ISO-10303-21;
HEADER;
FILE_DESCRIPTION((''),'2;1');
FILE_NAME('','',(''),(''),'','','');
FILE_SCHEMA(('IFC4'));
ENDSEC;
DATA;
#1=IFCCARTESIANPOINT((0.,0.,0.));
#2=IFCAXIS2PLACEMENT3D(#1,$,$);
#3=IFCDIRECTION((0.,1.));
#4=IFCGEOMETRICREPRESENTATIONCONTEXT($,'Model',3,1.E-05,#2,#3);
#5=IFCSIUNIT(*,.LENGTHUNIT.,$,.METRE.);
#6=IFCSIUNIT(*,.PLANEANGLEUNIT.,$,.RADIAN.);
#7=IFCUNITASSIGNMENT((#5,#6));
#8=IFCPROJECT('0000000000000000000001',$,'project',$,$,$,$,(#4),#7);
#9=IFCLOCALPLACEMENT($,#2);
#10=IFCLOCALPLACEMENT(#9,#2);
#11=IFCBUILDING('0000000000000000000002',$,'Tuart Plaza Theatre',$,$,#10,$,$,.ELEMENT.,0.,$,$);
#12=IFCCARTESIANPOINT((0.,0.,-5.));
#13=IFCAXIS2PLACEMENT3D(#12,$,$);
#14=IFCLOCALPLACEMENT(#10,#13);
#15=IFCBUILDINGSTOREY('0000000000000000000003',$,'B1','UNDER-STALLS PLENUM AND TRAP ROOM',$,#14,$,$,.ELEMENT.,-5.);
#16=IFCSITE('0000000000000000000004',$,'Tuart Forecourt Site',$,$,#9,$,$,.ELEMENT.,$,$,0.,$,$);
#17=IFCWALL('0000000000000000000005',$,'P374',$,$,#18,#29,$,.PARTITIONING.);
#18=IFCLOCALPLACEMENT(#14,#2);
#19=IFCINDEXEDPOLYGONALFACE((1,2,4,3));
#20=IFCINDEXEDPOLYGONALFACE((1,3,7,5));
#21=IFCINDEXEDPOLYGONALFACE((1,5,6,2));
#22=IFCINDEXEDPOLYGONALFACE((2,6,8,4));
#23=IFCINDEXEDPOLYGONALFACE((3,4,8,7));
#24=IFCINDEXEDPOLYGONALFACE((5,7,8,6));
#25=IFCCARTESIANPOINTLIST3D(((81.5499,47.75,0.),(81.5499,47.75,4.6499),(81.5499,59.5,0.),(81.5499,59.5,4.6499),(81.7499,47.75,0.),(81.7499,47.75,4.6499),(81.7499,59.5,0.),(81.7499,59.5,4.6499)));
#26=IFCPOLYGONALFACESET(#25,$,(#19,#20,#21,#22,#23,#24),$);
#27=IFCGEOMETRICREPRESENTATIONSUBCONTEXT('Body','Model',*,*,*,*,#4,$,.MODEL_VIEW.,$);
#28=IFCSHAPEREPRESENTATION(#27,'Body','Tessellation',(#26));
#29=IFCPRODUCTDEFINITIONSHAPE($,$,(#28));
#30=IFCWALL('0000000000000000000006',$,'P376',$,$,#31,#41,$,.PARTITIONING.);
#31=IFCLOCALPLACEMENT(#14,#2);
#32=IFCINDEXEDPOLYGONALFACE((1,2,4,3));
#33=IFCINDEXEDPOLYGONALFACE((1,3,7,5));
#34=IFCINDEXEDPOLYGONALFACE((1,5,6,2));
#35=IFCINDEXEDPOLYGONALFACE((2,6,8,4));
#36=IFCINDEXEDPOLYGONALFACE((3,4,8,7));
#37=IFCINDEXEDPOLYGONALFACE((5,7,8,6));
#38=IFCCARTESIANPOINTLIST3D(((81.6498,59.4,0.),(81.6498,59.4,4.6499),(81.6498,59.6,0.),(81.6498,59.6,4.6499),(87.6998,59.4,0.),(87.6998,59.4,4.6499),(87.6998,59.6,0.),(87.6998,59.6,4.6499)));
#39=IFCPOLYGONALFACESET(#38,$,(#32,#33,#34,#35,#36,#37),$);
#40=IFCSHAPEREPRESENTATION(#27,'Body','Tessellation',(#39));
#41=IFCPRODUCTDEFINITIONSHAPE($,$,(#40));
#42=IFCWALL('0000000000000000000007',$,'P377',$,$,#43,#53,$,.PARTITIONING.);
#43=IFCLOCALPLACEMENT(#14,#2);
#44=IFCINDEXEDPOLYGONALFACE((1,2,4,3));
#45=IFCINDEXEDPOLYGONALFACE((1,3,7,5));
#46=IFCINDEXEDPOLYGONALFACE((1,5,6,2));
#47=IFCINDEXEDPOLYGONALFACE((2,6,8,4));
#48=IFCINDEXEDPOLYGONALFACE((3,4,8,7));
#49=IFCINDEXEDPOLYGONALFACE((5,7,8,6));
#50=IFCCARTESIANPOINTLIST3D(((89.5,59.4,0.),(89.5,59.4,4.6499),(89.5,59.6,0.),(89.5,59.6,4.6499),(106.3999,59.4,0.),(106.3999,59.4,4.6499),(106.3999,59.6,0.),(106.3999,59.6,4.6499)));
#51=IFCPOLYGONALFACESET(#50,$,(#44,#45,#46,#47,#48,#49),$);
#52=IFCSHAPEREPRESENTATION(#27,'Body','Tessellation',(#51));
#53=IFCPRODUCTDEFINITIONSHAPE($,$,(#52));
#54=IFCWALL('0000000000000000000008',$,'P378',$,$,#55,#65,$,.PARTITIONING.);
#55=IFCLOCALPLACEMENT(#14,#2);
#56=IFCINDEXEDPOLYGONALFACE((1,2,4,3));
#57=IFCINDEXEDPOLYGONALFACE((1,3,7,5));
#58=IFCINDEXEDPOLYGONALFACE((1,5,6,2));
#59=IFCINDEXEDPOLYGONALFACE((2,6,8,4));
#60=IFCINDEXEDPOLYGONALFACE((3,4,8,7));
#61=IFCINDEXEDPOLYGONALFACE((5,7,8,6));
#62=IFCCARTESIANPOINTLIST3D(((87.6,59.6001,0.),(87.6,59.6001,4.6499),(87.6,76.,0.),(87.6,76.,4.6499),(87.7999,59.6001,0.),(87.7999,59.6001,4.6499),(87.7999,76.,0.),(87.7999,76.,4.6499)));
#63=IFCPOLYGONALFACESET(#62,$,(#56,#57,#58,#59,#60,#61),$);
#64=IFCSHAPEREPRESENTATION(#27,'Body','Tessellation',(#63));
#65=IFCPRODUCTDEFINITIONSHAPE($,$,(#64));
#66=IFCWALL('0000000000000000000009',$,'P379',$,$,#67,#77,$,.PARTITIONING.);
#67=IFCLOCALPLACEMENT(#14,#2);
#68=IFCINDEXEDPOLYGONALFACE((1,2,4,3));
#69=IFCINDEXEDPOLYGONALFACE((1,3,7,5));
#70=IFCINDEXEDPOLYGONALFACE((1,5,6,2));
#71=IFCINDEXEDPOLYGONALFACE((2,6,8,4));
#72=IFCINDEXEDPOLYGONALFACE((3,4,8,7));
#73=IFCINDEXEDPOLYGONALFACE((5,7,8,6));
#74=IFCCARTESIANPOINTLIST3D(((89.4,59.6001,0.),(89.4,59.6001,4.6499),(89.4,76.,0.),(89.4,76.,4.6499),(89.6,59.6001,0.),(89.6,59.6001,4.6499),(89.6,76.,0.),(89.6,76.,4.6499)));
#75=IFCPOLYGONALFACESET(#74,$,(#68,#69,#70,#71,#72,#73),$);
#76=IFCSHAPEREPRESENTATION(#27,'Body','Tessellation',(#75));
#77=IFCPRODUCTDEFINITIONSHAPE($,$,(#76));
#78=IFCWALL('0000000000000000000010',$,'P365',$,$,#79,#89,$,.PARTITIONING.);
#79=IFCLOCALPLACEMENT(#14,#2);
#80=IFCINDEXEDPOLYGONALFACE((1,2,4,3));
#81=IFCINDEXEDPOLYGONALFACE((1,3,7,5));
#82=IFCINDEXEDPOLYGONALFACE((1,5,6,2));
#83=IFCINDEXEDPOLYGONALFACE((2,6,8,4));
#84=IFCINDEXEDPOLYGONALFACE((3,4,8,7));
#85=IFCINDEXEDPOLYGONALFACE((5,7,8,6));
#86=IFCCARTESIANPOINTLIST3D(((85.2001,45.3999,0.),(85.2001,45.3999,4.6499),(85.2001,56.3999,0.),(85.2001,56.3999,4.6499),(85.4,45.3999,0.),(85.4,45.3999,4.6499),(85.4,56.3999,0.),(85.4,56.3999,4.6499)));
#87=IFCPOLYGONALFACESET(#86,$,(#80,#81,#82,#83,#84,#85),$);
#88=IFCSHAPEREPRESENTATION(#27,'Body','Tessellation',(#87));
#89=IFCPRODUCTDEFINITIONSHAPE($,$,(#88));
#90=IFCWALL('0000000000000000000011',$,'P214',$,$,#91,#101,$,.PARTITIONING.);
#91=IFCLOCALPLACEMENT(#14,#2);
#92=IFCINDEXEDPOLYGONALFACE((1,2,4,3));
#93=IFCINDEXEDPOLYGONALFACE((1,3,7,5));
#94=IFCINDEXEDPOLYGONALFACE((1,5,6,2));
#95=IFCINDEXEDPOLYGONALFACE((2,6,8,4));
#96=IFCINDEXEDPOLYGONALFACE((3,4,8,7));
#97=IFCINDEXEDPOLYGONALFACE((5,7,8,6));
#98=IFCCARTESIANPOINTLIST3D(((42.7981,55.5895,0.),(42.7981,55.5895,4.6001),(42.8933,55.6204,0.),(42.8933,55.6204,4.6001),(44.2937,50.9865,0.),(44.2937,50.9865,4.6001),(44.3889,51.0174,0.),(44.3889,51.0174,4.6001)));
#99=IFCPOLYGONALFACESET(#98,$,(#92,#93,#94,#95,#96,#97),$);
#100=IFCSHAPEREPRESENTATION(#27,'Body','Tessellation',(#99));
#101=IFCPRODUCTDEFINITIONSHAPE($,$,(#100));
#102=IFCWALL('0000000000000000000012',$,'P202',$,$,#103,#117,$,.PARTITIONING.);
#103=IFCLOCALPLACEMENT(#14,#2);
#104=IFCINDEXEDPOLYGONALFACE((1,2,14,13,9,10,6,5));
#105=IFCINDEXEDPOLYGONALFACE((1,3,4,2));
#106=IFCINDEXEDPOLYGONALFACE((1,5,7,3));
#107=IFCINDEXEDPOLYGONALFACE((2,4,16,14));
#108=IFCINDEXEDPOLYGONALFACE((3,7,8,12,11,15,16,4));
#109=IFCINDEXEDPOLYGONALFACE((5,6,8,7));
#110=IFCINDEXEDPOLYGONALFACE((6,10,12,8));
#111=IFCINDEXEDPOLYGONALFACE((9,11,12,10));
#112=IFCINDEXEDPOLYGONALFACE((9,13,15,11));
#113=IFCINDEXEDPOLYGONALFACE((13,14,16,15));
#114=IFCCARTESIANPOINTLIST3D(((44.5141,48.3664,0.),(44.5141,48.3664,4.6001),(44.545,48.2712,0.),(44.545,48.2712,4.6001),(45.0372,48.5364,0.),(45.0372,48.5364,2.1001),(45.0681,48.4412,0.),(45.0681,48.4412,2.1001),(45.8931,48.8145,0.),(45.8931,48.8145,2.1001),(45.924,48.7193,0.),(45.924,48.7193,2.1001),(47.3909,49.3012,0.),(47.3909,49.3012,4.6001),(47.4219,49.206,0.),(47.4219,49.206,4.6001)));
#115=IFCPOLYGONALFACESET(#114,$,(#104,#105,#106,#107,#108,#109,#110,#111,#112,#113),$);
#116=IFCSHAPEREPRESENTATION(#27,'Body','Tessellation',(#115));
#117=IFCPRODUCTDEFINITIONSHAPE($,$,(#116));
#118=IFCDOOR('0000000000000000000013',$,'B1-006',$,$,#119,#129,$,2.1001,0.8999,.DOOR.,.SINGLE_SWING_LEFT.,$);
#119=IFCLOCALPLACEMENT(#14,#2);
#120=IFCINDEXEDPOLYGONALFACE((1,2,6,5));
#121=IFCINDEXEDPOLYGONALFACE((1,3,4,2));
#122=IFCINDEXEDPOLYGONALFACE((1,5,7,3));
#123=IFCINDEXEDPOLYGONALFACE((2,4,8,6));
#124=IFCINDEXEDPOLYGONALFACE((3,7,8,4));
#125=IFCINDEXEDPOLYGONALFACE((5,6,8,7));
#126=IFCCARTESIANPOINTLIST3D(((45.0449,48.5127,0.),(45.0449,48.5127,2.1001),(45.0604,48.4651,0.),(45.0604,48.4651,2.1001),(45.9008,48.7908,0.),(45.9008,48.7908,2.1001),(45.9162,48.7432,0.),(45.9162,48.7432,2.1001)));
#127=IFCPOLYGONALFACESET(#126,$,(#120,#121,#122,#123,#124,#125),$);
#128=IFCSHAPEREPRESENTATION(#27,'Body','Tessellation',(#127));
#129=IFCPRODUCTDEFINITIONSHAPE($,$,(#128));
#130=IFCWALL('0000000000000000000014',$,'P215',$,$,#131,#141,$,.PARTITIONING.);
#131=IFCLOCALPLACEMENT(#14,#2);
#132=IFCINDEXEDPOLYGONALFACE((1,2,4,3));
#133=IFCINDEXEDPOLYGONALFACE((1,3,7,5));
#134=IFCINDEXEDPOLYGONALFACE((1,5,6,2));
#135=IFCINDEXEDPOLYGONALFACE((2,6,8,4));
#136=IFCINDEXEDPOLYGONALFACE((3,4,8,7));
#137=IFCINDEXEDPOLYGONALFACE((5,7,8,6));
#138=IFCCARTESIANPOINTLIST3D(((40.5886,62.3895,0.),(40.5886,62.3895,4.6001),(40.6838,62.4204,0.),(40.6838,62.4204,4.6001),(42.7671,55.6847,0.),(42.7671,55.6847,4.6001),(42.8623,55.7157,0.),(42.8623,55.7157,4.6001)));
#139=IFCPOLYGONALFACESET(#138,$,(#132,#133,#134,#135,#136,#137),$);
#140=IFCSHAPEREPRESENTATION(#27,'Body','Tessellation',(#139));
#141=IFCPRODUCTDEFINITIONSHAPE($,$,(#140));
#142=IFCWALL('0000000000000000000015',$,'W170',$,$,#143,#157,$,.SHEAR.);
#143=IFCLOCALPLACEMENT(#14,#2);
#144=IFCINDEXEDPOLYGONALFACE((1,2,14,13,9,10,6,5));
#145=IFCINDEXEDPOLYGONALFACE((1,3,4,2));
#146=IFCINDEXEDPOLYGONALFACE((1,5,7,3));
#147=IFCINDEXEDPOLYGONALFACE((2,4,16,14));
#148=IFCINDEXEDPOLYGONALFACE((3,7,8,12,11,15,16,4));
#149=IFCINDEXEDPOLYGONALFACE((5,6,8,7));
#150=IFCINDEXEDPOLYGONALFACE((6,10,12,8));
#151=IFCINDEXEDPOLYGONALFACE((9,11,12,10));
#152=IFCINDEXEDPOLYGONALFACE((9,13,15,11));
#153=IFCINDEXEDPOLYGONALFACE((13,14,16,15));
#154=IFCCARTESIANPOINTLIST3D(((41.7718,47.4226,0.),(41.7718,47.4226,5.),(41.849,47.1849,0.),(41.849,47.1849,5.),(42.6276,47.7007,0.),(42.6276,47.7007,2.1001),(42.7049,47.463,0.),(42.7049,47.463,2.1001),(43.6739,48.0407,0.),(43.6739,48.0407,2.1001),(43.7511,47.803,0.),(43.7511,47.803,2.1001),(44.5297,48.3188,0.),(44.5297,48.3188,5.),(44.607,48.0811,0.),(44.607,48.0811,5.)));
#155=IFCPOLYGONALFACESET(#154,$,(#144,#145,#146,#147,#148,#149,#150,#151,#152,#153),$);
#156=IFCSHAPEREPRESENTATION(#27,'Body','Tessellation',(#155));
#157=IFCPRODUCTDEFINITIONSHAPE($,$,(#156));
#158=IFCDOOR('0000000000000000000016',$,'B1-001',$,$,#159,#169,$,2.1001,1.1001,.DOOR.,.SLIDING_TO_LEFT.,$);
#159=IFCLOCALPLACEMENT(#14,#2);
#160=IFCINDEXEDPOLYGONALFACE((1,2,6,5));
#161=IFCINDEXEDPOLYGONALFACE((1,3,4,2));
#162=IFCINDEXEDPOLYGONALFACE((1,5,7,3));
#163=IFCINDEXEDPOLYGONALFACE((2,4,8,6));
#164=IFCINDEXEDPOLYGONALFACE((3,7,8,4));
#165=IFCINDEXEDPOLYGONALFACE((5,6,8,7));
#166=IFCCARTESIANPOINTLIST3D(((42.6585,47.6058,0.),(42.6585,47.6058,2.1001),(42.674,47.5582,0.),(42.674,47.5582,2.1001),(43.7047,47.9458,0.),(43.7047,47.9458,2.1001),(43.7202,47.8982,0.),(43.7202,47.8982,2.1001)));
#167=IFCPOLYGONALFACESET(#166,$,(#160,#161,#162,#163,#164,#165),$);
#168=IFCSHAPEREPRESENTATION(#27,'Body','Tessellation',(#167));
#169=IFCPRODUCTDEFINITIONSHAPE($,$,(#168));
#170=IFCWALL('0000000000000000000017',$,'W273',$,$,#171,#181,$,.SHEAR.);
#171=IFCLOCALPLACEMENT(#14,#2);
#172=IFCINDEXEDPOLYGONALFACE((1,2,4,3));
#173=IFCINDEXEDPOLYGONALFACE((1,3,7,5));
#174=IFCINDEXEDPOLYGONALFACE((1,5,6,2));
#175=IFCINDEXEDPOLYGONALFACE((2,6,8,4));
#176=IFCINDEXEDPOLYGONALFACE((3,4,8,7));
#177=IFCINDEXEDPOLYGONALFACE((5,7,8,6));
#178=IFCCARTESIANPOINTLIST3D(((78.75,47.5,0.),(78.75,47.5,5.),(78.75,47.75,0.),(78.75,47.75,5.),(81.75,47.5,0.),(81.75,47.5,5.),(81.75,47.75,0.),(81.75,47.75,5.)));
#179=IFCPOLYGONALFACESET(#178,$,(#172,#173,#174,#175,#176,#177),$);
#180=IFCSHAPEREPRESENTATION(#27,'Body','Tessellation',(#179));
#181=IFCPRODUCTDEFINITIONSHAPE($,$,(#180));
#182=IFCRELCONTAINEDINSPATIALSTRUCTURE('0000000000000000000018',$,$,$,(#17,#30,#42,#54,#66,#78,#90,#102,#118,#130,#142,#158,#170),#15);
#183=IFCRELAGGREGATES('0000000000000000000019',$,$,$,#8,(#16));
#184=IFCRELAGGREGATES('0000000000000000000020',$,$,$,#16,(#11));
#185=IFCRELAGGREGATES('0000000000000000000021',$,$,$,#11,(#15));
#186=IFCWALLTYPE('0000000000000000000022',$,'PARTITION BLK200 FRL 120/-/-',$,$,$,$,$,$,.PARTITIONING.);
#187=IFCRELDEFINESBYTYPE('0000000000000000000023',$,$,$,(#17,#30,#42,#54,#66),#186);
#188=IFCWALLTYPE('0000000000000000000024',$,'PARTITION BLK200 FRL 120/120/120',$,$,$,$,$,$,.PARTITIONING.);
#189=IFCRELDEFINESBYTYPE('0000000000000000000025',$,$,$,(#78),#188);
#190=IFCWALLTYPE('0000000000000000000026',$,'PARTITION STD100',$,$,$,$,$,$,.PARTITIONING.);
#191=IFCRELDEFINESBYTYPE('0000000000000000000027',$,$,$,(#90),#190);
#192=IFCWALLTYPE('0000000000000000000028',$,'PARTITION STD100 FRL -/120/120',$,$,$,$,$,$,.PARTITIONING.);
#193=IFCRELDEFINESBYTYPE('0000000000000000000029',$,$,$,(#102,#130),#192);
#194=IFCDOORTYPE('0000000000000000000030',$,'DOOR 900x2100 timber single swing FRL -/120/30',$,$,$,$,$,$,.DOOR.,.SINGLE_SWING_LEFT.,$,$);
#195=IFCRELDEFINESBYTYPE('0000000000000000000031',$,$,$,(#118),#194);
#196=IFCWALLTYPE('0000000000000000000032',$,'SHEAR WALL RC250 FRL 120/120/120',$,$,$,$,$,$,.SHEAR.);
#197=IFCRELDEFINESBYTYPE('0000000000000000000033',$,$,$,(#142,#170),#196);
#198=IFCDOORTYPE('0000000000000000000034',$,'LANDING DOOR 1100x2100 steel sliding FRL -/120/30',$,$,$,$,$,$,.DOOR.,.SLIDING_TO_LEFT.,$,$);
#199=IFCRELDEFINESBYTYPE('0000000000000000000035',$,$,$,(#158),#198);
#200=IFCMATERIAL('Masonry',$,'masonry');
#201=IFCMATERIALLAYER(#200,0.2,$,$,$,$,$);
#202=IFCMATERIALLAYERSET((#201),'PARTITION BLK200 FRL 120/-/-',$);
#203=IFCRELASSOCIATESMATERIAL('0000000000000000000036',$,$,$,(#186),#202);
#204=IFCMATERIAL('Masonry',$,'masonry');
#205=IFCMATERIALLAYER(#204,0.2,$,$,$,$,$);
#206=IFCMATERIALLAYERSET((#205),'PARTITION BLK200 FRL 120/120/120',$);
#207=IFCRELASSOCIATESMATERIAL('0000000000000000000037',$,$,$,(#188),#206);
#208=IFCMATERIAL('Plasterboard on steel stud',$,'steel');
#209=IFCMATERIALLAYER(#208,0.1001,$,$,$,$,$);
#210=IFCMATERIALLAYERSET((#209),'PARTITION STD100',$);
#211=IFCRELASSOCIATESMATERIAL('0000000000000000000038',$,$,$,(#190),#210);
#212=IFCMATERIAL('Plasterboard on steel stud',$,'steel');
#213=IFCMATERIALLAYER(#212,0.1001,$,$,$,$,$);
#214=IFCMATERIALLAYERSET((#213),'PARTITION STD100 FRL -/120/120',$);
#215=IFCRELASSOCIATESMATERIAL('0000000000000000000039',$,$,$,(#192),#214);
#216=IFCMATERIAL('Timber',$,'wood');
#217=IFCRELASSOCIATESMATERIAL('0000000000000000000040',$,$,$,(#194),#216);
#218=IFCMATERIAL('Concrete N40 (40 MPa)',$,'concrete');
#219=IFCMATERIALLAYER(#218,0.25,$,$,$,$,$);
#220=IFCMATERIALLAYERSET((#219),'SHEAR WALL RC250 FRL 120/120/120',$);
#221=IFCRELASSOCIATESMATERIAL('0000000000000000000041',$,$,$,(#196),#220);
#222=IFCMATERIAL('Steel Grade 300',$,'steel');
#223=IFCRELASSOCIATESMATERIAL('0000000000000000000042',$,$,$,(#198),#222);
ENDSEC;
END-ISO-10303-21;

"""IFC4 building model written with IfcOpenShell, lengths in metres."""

from ifc_helpers import new_model, si_unit, direction, frame, frame_2d, origin, place, context, subcontext, project, spatial, rectangle, extrude, material, layer, layer_set, type_object, element, fill, save


model = new_model("IFC4")

# Units and contexts
model_context = context("Model", 3, precision=1e-05, world=origin(), true_north=direction((0.0, 1.0)))
body_context = subcontext(model_context, "Body", "Model", "MODEL_VIEW")
ifc_project = project(units=[si_unit("LENGTHUNIT", "METRE"), si_unit("PLANEANGLEUNIT", "RADIAN")], contexts=[model_context])

# Site, building, storey
site_placement = place(None, origin())
site = spatial("IfcSite", under=ifc_project, at=site_placement, Name="Tuart Forecourt Site", CompositionType="ELEMENT", RefElevation=0.0)
building_placement = place(site_placement, origin())
building = spatial("IfcBuilding", under=site, at=building_placement, Name="Tuart Plaza Theatre", CompositionType="ELEMENT", ElevationOfRefHeight=0.0)
storey_placement = place(building_placement, frame((0.0, 0.0, -5.0)))
storey = spatial("IfcBuildingStorey", under=building, at=storey_placement, Name="B1", Description="UNDER-STALLS PLENUM AND TRAP ROOM", CompositionType="ELEMENT", Elevation=-5.0)

# Walls
ifc_material_1 = material(Name="Masonry", Category="masonry")
ifc_layer_1 = layer(ifc_material_1, 0.2)
ifc_layer_set_1 = layer_set([ifc_layer_1], Name="PARTITION BLK200 FRL 120/-/-")
wall_type_1 = type_object("IfcWallType", Name="PARTITION BLK200 FRL 120/-/-", PredefinedType="PARTITIONING", material=ifc_layer_set_1)
wall_1_placement = place(storey_placement, frame((81.6499, 47.75, 0.0), z_axis=(0.0, 0.0, 1.0), x_axis=(0.0, 1.0, 0.0)))
element("IfcWall", 1, at=wall_1_placement, inside=storey, type_object=wall_type_1, Name="P374", PredefinedType="PARTITIONING", context=body_context, shape_type="SweptSolid", body=[
    extrude(rectangle(XDim=11.75, YDim=0.2, at=frame_2d((5.875, 0.0))), origin(), (0.0, 0.0, 1.0), 4.6499),
])
wall_2_placement = place(storey_placement, frame((81.6499, 59.5, 0.0), z_axis=(0.0, 0.0, 1.0), x_axis=(1.0, 0.0, 0.0)))
element("IfcWall", 2, at=wall_2_placement, inside=storey, type_object=wall_type_1, Name="P376", PredefinedType="PARTITIONING", context=body_context, shape_type="SweptSolid", body=[
    extrude(rectangle(XDim=6.05, YDim=0.2, at=frame_2d((3.0249, 0.0))), origin(), (0.0, 0.0, 1.0), 4.6499),
])
wall_3_placement = place(storey_placement, frame((89.5, 59.5, 0.0), z_axis=(0.0, 0.0, 1.0), x_axis=(1.0, 0.0, 0.0)))
element("IfcWall", 3, at=wall_3_placement, inside=storey, type_object=wall_type_1, Name="P377", PredefinedType="PARTITIONING", context=body_context, shape_type="SweptSolid", body=[
    extrude(rectangle(XDim=16.8999, YDim=0.2, at=frame_2d((8.45, 0.0))), origin(), (0.0, 0.0, 1.0), 4.6499),
])
for number, where, z_axis, x_axis, name in (
    (4, (87.7, 59.6001, 0.0), (0.0, 0.0, 1.0), (0.0, 1.0, 0.0), "P378"),
    (5, (89.5, 59.6001, 0.0), (0.0, 0.0, 1.0), (0.0, 1.0, 0.0), "P379"),
):
    element("IfcWall", number, at=place(storey_placement, frame(where, z_axis=z_axis, x_axis=x_axis)), inside=storey, type_object=wall_type_1, Name=name, PredefinedType="PARTITIONING", context=body_context, shape_type="SweptSolid", body=[
        extrude(rectangle(XDim=16.3999, YDim=0.2, at=frame_2d((8.2, 0.0))), origin(), (0.0, 0.0, 1.0), 4.6499),
    ])
ifc_material_2 = material(Name="Masonry", Category="masonry")
ifc_layer_2 = layer(ifc_material_2, 0.2)
ifc_layer_set_2 = layer_set([ifc_layer_2], Name="PARTITION BLK200 FRL 120/120/120")
wall_type_2 = type_object("IfcWallType", Name="PARTITION BLK200 FRL 120/120/120", PredefinedType="PARTITIONING", material=ifc_layer_set_2)
wall_4_placement = place(storey_placement, frame((85.3, 56.3999, 0.0), z_axis=(0.0, 0.0, 1.0), x_axis=(0.0, -1.0, 0.0)))
element("IfcWall", 6, at=wall_4_placement, inside=storey, type_object=wall_type_2, Name="P365", PredefinedType="PARTITIONING", context=body_context, shape_type="SweptSolid", body=[
    extrude(rectangle(XDim=11.0, YDim=0.2, at=frame_2d((5.5, 0.0))), origin(), (0.0, 0.0, 1.0), 4.6499),
])
ifc_material_3 = material(Name="Plasterboard on steel stud", Category="steel")
ifc_layer_3 = layer(ifc_material_3, 0.1001)
ifc_layer_set_3 = layer_set([ifc_layer_3], Name="PARTITION STD100")
wall_type_3 = type_object("IfcWallType", Name="PARTITION STD100", PredefinedType="PARTITIONING", material=ifc_layer_set_3)
wall_5_placement = place(storey_placement, frame((44.3413, 51.002, 0.0), z_axis=(0.0, 0.0, 1.0), x_axis=(-0.309015, 0.951057, 0.0)))
element("IfcWall", 7, at=wall_5_placement, inside=storey, type_object=wall_type_3, Name="P214", PredefinedType="PARTITIONING", context=body_context, shape_type="SweptSolid", body=[
    extrude(rectangle(XDim=4.8398, YDim=0.1001, at=frame_2d((2.4199, 0.0))), origin(), (0.0, 0.0, 1.0), 4.6001),
])

# Wall, opening, door
ifc_material_4 = material(Name="Plasterboard on steel stud", Category="steel")
ifc_layer_4 = layer(ifc_material_4, 0.1001)
ifc_layer_set_4 = layer_set([ifc_layer_4], Name="PARTITION STD100 FRL -/120/120")
wall_type_4 = type_object("IfcWallType", Name="PARTITION STD100 FRL -/120/120", PredefinedType="PARTITIONING", material=ifc_layer_set_4)
wall_6_placement = place(storey_placement, frame((44.5295, 48.3188, 0.0), z_axis=(0.0, 0.0, 1.0), x_axis=(0.951053, 0.309028, 0.0)))
wall_6 = element("IfcWall", 8, at=wall_6_placement, inside=storey, type_object=wall_type_4, Name="P202", PredefinedType="PARTITIONING", context=body_context, shape_type="SweptSolid", body=[
    extrude(rectangle(XDim=3.0249, YDim=0.1001, at=frame_2d((1.5125, 0.0))), origin(), (0.0, 0.0, 1.0), 4.6001),
])
opening_1_placement = place(wall_6_placement, frame((0.55, 0.0, 0.0)))
opening_1 = element("IfcOpeningElement", 9, at=opening_1_placement, cuts=wall_6, PredefinedType="OPENING", context=body_context, shape_type="SweptSolid", body=[
    extrude(rectangle(XDim=0.8999, YDim=2.1001, at=frame_2d((0.45, 1.05))), frame((0.0, 0.0601, 0.0), z_axis=(0.0, -1.0, 0.0), x_axis=(1.0, 0.0, 0.0)), (0.0, 0.0, 1.0), 0.1201),
])
ifc_material_5 = material(Name="Timber", Category="wood")
door_type_1 = type_object("IfcDoorType", Name="DOOR 900x2100 timber single swing FRL -/120/30", OperationType="SINGLE_SWING_LEFT", PredefinedType="DOOR", material=ifc_material_5)
door_1_placement = place(opening_1_placement, frame((0.8999, 0.0, 0.0), z_axis=(0.0, 0.0, 1.0), x_axis=(-1.0, 0.0, 0.0)))
door_1 = element("IfcDoor", 10, at=door_1_placement, inside=storey, type_object=door_type_1, Name="B1-006", OperationType="SINGLE_SWING_LEFT", OverallHeight=2.1001, OverallWidth=0.8999, PredefinedType="DOOR", context=body_context, shape_type="SweptSolid", body=[
    extrude(rectangle(XDim=0.8999, YDim=2.1001, at=frame_2d((0.45, 1.05))), frame((0.0, 0.0249, 0.0), z_axis=(0.0, -1.0, 0.0), x_axis=(1.0, 0.0, 0.0)), (0.0, 0.0, 1.0), 0.05),
])
fill(opening_1, door_1)

# Wall
wall_7_placement = place(storey_placement, frame((42.8147, 55.7002, 0.0), z_axis=(0.0, 0.0, 1.0), x_axis=(-0.309009, 0.951059, 0.0)))
element("IfcWall", 11, at=wall_7_placement, inside=storey, type_object=wall_type_4, Name="P215", PredefinedType="PARTITIONING", context=body_context, shape_type="SweptSolid", body=[
    extrude(rectangle(XDim=7.0498, YDim=0.1001, at=frame_2d((3.5249, 0.0))), origin(), (0.0, 0.0, 1.0), 4.6001),
])

# Wall, opening, door
ifc_material_6 = material(Name="Concrete N40 (40 MPa)", Category="concrete")
ifc_layer_5 = layer(ifc_material_6, 0.25)
ifc_layer_set_5 = layer_set([ifc_layer_5], Name="SHEAR WALL RC250 FRL 120/120/120")
wall_type_5 = type_object("IfcWallType", Name="SHEAR WALL RC250 FRL 120/120/120", PredefinedType="SHEAR", material=ifc_layer_set_5)
wall_8_placement = place(storey_placement, frame((44.5684, 48.2, 0.0), z_axis=(0.0, 0.0, 1.0), x_axis=(-0.951047, -0.309046, 0.0)))
wall_8 = element("IfcWall", 12, at=wall_8_placement, inside=storey, type_object=wall_type_5, Name="W170", PredefinedType="SHEAR", context=body_context, shape_type="SweptSolid", body=[
    extrude(rectangle(XDim=2.8999, YDim=0.25, at=frame_2d((1.45, 0.0))), origin(), (0.0, 0.0, 1.0), 5.0),
])
opening_2_placement = place(wall_8_placement, frame((0.8999, 0.0, 0.0)))
opening_2 = element("IfcOpeningElement", 13, at=opening_2_placement, cuts=wall_8, PredefinedType="OPENING", context=body_context, shape_type="SweptSolid", body=[
    extrude(rectangle(XDim=1.1001, YDim=2.1001, at=frame_2d((0.55, 1.05))), frame((0.0, 0.135, 0.0), z_axis=(0.0, -1.0, 0.0), x_axis=(1.0, 0.0, 0.0)), (0.0, 0.0, 1.0), 0.27),
])
ifc_material_7 = material(Name="Steel Grade 300", Category="steel")
door_type_2 = type_object("IfcDoorType", Name="LANDING DOOR 1100x2100 steel sliding FRL -/120/30", OperationType="SLIDING_TO_LEFT", PredefinedType="DOOR", material=ifc_material_7)
door_2_placement = place(opening_2_placement, origin())
door_2 = element("IfcDoor", 14, at=door_2_placement, inside=storey, type_object=door_type_2, Name="B1-001", OperationType="SLIDING_TO_LEFT", OverallHeight=2.1001, OverallWidth=1.1001, PredefinedType="DOOR", context=body_context, shape_type="SweptSolid", body=[
    extrude(rectangle(XDim=1.1001, YDim=2.1001, at=frame_2d((0.55, 1.05))), frame((0.0, 0.0249, 0.0), z_axis=(0.0, -1.0, 0.0), x_axis=(1.0, 0.0, 0.0)), (0.0, 0.0, 1.0), 0.05),
])
fill(opening_2, door_2)

# Wall
wall_9_placement = place(storey_placement, frame((81.75, 47.625, 0.0), z_axis=(0.0, 0.0, 1.0), x_axis=(-1.0, 0.0, 0.0)))
element("IfcWall", 15, at=wall_9_placement, inside=storey, type_object=wall_type_5, Name="W273", PredefinedType="SHEAR", context=body_context, shape_type="SweptSolid", body=[
    extrude(rectangle(XDim=3.0, YDim=0.25, at=frame_2d((1.5, 0.0))), origin(), (0.0, 0.0, 1.0), 5.0),
])

save(model, "model.ifc")
